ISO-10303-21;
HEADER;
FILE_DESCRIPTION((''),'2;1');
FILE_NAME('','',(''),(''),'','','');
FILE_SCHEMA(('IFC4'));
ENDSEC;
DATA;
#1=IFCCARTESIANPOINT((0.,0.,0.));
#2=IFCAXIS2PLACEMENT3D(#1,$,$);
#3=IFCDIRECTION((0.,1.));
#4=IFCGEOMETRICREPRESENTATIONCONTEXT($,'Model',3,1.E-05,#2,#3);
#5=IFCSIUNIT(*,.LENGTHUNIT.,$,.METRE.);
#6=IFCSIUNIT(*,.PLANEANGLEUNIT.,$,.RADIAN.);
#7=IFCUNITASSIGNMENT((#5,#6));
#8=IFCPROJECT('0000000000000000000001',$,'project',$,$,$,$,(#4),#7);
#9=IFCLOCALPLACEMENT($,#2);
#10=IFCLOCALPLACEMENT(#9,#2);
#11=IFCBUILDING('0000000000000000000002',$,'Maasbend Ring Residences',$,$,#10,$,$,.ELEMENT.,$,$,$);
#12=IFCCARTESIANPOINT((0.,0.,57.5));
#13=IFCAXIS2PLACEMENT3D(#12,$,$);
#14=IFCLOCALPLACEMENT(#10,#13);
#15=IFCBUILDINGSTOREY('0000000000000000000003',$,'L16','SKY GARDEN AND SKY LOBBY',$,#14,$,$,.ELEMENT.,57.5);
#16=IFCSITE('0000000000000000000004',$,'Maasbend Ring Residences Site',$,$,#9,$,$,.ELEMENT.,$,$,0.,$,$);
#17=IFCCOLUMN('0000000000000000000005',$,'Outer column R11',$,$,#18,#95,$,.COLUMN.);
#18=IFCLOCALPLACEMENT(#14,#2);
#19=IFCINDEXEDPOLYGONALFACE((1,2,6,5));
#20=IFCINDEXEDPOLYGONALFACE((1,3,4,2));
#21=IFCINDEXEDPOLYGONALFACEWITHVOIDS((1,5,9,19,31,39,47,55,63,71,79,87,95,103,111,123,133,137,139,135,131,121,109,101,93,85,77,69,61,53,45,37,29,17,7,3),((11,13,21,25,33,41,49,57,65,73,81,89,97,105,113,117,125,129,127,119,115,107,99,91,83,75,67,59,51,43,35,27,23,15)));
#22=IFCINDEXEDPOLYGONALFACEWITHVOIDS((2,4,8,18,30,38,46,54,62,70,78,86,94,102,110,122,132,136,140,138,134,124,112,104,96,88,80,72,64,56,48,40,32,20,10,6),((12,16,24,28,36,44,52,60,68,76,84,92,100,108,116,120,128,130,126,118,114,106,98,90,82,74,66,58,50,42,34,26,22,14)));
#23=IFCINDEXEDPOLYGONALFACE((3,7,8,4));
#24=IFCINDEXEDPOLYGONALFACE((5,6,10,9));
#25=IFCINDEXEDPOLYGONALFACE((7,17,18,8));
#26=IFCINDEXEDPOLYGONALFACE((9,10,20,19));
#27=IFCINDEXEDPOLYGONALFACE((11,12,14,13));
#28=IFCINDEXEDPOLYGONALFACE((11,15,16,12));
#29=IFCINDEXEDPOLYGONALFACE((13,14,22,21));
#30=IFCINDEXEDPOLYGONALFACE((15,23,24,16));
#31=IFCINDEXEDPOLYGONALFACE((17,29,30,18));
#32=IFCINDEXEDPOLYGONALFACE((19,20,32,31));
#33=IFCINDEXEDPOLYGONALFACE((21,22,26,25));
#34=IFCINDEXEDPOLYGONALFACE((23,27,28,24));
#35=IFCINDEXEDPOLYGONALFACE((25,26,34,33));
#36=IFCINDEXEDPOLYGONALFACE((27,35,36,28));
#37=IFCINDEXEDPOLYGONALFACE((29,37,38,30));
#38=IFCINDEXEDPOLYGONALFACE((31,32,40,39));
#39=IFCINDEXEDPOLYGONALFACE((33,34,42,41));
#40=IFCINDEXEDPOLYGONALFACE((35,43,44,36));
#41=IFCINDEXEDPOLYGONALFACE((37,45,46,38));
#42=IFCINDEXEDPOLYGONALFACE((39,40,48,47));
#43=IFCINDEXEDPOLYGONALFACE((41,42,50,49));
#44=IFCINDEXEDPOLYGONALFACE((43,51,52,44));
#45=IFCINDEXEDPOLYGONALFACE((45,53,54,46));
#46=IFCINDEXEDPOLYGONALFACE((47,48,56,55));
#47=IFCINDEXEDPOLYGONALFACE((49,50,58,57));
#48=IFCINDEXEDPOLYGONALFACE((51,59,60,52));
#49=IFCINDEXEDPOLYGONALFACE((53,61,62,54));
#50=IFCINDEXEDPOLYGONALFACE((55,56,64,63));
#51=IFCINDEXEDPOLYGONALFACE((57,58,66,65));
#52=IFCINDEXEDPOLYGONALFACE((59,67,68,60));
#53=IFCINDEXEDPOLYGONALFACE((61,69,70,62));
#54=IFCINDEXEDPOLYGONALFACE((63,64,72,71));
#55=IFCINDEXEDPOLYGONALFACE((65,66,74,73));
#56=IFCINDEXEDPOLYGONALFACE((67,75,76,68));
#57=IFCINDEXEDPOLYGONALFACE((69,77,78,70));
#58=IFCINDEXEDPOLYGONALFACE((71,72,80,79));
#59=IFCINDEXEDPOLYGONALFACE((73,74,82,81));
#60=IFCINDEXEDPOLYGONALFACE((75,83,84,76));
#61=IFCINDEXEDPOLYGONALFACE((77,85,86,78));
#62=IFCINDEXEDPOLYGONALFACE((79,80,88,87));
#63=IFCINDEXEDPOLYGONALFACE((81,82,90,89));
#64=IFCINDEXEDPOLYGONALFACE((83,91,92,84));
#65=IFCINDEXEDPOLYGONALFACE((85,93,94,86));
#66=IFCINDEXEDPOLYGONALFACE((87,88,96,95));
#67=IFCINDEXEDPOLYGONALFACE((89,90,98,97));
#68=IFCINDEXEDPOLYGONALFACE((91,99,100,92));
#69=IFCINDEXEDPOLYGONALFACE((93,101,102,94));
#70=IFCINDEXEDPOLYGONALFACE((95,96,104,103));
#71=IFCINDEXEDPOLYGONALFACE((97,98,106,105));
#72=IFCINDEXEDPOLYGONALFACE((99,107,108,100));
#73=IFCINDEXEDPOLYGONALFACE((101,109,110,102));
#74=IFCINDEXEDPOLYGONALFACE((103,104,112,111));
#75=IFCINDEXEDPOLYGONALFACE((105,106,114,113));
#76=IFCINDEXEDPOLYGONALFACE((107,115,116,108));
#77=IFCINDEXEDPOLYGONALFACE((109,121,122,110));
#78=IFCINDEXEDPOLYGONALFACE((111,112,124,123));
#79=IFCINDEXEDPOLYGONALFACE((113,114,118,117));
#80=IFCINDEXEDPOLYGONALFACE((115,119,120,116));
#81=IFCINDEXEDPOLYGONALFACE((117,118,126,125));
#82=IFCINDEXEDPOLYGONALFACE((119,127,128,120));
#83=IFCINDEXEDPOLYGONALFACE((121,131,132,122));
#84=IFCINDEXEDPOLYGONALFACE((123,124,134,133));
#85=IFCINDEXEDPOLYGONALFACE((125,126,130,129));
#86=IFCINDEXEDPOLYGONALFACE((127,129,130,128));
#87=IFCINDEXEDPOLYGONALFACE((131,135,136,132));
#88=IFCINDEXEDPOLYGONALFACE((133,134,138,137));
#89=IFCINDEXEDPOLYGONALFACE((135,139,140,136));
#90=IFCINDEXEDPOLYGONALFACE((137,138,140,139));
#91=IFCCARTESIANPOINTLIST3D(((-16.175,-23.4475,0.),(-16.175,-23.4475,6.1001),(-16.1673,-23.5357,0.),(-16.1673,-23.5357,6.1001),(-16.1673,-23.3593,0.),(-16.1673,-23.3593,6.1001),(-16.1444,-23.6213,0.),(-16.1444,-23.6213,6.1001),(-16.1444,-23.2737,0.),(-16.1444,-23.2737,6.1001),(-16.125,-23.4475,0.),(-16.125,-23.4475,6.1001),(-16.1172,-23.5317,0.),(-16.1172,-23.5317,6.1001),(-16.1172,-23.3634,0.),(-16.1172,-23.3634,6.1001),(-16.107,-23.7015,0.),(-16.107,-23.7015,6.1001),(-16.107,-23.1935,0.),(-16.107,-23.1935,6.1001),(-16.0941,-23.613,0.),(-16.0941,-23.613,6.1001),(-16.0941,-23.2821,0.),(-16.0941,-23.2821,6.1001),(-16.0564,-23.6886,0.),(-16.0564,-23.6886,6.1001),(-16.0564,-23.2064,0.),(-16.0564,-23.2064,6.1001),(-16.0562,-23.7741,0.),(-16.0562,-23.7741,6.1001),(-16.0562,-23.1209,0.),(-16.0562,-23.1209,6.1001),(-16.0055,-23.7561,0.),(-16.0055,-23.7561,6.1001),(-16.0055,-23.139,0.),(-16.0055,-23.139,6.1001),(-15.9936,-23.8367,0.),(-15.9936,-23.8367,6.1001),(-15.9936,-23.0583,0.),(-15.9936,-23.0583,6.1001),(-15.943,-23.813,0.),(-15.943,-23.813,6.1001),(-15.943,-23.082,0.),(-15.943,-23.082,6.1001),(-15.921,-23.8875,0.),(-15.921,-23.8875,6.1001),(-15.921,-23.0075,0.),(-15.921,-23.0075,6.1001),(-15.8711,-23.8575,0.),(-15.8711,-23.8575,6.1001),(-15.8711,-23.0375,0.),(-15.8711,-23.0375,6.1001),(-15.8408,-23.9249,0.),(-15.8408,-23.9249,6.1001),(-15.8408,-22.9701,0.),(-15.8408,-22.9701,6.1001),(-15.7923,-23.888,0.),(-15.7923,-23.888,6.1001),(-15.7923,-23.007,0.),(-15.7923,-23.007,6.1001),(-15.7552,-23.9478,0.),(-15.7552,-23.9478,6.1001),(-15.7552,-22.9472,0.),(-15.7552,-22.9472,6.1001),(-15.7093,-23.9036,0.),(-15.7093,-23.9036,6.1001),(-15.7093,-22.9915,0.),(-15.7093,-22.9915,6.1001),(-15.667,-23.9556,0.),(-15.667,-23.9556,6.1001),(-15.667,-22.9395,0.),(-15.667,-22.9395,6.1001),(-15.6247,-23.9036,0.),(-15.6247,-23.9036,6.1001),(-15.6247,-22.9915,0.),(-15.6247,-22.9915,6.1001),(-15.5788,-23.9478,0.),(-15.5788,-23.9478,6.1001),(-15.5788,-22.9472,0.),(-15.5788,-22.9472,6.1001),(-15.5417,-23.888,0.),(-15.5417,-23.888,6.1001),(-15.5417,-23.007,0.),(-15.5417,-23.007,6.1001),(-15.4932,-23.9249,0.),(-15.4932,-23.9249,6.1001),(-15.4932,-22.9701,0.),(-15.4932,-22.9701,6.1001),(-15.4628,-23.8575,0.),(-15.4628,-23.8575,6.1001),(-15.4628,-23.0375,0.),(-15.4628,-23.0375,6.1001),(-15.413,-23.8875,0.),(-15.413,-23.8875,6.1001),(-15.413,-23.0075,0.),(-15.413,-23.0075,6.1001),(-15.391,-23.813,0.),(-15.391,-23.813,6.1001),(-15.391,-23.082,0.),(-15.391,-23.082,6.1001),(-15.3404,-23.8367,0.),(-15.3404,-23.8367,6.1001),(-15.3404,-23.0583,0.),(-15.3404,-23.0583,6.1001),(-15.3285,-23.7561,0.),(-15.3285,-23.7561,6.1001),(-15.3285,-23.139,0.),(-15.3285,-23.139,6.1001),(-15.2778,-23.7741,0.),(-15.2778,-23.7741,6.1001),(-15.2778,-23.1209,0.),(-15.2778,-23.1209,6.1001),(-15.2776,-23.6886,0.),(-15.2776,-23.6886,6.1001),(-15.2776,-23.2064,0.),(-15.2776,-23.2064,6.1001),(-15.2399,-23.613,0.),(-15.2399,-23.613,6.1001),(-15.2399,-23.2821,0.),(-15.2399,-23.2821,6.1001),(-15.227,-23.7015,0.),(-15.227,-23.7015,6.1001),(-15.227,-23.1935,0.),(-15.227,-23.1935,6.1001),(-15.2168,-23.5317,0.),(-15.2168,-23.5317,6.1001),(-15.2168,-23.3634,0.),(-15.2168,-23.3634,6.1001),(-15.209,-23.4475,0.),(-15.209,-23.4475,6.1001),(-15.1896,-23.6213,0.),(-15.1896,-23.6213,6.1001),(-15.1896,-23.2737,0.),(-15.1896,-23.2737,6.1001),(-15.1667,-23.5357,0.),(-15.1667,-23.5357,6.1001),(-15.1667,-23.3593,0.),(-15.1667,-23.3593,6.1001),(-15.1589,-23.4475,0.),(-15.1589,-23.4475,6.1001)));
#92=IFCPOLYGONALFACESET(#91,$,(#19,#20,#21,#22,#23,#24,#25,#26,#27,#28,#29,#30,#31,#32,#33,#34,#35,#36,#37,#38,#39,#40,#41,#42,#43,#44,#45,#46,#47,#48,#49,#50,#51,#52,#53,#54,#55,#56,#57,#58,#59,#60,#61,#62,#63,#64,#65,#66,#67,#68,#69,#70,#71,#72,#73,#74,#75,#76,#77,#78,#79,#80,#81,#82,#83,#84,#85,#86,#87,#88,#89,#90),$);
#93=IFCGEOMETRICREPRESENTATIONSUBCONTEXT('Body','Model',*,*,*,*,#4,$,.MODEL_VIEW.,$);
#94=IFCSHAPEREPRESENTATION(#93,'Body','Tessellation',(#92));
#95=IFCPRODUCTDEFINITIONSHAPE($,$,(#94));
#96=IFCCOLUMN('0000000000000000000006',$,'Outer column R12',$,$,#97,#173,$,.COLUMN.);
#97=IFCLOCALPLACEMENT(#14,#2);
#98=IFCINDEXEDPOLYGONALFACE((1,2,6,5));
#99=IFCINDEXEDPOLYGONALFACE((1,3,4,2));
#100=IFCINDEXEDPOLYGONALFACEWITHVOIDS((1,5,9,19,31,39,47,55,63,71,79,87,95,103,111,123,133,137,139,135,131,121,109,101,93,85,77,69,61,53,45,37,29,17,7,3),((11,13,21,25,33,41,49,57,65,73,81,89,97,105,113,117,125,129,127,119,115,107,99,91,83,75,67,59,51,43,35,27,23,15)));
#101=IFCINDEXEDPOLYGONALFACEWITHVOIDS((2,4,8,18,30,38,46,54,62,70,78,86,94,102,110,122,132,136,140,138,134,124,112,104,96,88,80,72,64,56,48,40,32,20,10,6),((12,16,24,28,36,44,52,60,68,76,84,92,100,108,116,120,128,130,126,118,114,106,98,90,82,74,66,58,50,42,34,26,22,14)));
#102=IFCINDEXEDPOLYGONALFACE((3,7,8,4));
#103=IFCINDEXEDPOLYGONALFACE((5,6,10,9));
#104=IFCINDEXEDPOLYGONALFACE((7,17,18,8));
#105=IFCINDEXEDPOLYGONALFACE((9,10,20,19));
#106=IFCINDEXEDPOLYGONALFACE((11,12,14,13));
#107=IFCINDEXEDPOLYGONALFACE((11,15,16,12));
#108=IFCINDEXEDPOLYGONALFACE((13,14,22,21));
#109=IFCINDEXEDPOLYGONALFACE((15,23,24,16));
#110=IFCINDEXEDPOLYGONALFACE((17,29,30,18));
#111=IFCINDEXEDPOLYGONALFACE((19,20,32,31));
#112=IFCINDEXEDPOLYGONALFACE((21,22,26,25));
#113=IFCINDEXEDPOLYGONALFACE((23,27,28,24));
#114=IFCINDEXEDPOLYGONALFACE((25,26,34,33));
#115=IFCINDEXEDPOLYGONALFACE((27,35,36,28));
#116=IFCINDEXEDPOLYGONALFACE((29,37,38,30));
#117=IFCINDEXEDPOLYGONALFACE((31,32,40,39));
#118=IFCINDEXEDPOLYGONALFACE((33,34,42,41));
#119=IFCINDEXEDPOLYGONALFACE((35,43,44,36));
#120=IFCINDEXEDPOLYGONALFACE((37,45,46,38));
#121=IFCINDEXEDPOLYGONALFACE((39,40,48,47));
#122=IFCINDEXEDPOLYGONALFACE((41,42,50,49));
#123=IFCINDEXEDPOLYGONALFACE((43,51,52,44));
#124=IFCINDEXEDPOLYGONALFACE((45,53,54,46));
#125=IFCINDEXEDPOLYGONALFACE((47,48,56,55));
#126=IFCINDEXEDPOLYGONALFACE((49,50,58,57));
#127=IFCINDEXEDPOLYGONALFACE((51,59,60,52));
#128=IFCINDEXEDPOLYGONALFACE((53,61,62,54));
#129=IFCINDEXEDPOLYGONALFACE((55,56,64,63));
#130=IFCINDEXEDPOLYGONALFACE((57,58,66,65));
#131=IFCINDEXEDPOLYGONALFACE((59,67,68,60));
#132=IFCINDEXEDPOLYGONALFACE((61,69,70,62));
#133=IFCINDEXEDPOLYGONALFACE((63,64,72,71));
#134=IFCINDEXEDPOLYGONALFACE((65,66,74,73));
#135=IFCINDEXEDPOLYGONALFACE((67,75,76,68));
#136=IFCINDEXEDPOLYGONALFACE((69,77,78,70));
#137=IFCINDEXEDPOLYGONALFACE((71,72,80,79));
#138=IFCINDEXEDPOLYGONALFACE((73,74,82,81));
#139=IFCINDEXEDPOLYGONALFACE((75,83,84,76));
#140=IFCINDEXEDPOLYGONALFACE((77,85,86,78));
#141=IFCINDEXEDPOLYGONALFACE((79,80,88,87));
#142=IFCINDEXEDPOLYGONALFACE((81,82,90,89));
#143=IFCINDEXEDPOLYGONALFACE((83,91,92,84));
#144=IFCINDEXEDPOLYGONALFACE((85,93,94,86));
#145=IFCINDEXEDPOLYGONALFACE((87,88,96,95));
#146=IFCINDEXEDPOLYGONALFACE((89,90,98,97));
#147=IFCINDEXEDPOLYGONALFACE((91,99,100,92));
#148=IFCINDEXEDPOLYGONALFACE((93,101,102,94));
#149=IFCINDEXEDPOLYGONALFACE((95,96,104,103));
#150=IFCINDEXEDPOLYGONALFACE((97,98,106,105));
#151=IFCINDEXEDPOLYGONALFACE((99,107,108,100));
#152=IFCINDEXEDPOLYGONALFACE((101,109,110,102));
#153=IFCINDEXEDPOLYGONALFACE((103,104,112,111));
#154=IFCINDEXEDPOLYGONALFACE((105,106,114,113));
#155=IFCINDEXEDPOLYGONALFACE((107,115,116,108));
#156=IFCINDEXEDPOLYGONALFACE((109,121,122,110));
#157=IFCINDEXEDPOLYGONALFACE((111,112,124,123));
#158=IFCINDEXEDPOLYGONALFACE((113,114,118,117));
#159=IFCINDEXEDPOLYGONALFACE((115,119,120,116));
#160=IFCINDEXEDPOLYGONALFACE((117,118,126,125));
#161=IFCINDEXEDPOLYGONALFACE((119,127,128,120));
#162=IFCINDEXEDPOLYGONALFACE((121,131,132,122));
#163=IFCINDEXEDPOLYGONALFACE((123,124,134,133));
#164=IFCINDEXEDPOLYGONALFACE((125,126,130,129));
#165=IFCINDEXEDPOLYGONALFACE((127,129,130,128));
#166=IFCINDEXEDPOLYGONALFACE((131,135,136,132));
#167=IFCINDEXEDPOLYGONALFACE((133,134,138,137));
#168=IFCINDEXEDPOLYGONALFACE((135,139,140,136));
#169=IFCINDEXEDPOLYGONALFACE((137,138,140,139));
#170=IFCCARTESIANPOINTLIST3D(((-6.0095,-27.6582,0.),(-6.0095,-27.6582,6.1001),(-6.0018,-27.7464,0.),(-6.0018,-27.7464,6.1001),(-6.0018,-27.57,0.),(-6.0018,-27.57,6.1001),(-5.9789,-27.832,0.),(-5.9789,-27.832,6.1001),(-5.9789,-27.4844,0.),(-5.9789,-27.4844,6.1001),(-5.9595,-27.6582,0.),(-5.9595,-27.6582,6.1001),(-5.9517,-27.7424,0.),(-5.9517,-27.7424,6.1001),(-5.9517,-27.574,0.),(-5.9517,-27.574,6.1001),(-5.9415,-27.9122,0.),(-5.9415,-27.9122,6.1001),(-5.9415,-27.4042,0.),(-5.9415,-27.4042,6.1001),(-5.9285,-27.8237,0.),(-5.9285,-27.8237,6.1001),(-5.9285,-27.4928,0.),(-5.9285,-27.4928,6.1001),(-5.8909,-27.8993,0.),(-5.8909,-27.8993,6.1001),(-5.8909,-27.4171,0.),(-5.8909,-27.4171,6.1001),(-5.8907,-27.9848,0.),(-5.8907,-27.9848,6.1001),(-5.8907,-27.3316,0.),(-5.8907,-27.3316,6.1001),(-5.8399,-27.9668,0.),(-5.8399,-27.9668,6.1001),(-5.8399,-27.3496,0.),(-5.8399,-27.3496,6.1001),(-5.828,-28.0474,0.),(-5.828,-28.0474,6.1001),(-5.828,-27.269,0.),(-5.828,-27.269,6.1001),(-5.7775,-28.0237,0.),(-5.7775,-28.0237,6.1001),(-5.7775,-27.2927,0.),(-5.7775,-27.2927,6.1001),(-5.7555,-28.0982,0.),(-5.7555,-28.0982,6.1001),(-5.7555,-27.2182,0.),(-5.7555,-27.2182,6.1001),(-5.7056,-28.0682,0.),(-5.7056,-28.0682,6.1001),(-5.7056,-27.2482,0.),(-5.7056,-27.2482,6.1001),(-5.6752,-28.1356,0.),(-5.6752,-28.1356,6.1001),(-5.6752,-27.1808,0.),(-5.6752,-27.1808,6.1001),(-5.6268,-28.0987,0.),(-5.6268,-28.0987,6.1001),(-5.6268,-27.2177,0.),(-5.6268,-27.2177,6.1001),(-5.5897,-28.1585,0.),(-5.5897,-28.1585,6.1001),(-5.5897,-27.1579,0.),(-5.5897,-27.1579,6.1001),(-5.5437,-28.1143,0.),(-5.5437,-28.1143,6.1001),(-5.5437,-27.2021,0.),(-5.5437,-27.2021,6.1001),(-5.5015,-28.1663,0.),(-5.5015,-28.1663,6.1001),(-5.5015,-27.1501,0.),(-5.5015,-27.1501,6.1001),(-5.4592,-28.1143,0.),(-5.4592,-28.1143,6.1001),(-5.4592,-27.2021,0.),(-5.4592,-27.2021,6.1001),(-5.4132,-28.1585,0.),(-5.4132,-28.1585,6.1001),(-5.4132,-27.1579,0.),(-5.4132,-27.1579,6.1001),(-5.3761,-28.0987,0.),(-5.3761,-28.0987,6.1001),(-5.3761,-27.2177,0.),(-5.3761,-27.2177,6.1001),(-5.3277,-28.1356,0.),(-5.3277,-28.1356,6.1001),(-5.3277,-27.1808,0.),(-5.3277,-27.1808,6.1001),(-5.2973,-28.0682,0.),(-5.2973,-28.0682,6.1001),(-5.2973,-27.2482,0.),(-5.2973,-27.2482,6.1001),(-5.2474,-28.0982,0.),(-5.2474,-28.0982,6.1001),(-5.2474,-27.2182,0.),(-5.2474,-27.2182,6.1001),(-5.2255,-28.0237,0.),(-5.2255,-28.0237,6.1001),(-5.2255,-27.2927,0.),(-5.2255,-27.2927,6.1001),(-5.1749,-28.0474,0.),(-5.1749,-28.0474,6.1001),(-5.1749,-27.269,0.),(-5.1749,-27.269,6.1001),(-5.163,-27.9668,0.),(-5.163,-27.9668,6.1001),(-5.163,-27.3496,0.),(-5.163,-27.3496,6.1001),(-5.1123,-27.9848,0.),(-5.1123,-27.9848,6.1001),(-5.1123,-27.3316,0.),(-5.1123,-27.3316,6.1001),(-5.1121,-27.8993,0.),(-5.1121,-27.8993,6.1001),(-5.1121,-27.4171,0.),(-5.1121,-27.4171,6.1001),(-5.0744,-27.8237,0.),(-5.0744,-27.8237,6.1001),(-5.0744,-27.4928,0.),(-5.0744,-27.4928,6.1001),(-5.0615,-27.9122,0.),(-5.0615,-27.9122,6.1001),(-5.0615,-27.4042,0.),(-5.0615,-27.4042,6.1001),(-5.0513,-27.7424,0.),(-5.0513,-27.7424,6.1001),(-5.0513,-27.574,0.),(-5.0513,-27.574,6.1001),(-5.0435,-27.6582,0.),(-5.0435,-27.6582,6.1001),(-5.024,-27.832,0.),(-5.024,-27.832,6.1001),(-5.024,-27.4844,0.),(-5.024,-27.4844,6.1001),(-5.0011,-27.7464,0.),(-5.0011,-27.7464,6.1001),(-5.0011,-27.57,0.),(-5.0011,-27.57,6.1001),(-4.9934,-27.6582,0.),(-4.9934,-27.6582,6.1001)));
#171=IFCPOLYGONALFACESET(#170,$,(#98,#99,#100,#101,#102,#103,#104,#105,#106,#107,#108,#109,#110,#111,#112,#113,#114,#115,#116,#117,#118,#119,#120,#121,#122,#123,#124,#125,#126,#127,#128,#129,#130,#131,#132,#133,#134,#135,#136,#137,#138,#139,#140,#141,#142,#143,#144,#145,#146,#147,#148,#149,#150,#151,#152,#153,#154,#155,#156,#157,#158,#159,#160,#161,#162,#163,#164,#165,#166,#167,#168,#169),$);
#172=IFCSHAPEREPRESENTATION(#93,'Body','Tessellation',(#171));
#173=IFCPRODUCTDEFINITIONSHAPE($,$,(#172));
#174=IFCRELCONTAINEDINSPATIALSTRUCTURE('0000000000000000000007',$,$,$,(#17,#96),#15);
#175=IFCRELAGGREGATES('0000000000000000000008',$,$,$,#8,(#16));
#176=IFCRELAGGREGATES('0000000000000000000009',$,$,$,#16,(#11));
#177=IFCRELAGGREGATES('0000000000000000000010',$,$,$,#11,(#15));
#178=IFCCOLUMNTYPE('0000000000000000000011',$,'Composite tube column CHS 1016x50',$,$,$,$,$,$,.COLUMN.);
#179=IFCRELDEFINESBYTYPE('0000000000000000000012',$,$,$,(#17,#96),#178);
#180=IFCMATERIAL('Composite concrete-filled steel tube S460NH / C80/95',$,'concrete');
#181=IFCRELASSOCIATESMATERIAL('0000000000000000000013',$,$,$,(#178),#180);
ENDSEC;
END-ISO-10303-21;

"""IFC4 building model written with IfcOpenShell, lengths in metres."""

from ifc_helpers import new_model, si_unit, direction, frame, origin, origin_2d, place, context, subcontext, project, spatial, hollow_circle, extrude, material, material_profile, profile_set, type_object, element, save


model = new_model("IFC4")

# Units and contexts
model_context = context("Model", 3, precision=1e-05, world=origin(), true_north=direction((0.0, 1.0)))
body_context = subcontext(model_context, "Body", "Model", "MODEL_VIEW")
ifc_project = project(units=[si_unit("LENGTHUNIT", "METRE"), si_unit("PLANEANGLEUNIT", "RADIAN")], contexts=[model_context])

# Site, building, storey
site_placement = place(None, origin())
site = spatial("IfcSite", under=ifc_project, at=site_placement, Name="Maasbend Ring Residences Site", CompositionType="ELEMENT", RefElevation=0.0)
building_placement = place(site_placement, origin())
building = spatial("IfcBuilding", under=site, at=building_placement, Name="Maasbend Ring Residences", CompositionType="ELEMENT")
storey_placement = place(building_placement, frame((0.0, 0.0, 57.5)))
storey = spatial("IfcBuildingStorey", under=building, at=storey_placement, Name="L16", Description="SKY GARDEN AND SKY LOBBY", CompositionType="ELEMENT", Elevation=57.5)

# Columns
ifc_material_1 = material(Name="Composite concrete-filled steel tube S460NH / C80/95", Category="concrete")
ifc_material_profile_1 = material_profile(ifc_material_1, hollow_circle(Radius=0.5081, WallThickness=0.05, at=origin_2d()), Name="Composite tube column CHS 1016x50")
ifc_profile_set_1 = profile_set([ifc_material_profile_1], Name="Composite concrete-filled steel tube S460NH / C80/95")
column_type_1 = type_object("IfcColumnType", Name="Composite tube column CHS 1016x50", PredefinedType="COLUMN", material=ifc_profile_set_1)
for number, where, z_axis, x_axis, name in (
    (1, (-15.667, -23.4475, 0.0), (0.0, 0.0, 1.0), (1.0, 0.0, 0.0), "Outer column R11"),
    (2, (-5.5015, -27.6582, 0.0), (0.0, 0.0, 1.0), (1.0, 0.0, 0.0), "Outer column R12"),
):
    element("IfcColumn", number, at=place(storey_placement, frame(where, z_axis=z_axis, x_axis=x_axis)), inside=storey, type_object=column_type_1, Name=name, PredefinedType="COLUMN", context=body_context, shape_type="SweptSolid", body=[
        extrude(hollow_circle(Radius=0.5081, WallThickness=0.05, at=origin_2d()), origin(), (0.0, 0.0, 1.0), 6.1001),
    ])

save(model, "model.ifc")
